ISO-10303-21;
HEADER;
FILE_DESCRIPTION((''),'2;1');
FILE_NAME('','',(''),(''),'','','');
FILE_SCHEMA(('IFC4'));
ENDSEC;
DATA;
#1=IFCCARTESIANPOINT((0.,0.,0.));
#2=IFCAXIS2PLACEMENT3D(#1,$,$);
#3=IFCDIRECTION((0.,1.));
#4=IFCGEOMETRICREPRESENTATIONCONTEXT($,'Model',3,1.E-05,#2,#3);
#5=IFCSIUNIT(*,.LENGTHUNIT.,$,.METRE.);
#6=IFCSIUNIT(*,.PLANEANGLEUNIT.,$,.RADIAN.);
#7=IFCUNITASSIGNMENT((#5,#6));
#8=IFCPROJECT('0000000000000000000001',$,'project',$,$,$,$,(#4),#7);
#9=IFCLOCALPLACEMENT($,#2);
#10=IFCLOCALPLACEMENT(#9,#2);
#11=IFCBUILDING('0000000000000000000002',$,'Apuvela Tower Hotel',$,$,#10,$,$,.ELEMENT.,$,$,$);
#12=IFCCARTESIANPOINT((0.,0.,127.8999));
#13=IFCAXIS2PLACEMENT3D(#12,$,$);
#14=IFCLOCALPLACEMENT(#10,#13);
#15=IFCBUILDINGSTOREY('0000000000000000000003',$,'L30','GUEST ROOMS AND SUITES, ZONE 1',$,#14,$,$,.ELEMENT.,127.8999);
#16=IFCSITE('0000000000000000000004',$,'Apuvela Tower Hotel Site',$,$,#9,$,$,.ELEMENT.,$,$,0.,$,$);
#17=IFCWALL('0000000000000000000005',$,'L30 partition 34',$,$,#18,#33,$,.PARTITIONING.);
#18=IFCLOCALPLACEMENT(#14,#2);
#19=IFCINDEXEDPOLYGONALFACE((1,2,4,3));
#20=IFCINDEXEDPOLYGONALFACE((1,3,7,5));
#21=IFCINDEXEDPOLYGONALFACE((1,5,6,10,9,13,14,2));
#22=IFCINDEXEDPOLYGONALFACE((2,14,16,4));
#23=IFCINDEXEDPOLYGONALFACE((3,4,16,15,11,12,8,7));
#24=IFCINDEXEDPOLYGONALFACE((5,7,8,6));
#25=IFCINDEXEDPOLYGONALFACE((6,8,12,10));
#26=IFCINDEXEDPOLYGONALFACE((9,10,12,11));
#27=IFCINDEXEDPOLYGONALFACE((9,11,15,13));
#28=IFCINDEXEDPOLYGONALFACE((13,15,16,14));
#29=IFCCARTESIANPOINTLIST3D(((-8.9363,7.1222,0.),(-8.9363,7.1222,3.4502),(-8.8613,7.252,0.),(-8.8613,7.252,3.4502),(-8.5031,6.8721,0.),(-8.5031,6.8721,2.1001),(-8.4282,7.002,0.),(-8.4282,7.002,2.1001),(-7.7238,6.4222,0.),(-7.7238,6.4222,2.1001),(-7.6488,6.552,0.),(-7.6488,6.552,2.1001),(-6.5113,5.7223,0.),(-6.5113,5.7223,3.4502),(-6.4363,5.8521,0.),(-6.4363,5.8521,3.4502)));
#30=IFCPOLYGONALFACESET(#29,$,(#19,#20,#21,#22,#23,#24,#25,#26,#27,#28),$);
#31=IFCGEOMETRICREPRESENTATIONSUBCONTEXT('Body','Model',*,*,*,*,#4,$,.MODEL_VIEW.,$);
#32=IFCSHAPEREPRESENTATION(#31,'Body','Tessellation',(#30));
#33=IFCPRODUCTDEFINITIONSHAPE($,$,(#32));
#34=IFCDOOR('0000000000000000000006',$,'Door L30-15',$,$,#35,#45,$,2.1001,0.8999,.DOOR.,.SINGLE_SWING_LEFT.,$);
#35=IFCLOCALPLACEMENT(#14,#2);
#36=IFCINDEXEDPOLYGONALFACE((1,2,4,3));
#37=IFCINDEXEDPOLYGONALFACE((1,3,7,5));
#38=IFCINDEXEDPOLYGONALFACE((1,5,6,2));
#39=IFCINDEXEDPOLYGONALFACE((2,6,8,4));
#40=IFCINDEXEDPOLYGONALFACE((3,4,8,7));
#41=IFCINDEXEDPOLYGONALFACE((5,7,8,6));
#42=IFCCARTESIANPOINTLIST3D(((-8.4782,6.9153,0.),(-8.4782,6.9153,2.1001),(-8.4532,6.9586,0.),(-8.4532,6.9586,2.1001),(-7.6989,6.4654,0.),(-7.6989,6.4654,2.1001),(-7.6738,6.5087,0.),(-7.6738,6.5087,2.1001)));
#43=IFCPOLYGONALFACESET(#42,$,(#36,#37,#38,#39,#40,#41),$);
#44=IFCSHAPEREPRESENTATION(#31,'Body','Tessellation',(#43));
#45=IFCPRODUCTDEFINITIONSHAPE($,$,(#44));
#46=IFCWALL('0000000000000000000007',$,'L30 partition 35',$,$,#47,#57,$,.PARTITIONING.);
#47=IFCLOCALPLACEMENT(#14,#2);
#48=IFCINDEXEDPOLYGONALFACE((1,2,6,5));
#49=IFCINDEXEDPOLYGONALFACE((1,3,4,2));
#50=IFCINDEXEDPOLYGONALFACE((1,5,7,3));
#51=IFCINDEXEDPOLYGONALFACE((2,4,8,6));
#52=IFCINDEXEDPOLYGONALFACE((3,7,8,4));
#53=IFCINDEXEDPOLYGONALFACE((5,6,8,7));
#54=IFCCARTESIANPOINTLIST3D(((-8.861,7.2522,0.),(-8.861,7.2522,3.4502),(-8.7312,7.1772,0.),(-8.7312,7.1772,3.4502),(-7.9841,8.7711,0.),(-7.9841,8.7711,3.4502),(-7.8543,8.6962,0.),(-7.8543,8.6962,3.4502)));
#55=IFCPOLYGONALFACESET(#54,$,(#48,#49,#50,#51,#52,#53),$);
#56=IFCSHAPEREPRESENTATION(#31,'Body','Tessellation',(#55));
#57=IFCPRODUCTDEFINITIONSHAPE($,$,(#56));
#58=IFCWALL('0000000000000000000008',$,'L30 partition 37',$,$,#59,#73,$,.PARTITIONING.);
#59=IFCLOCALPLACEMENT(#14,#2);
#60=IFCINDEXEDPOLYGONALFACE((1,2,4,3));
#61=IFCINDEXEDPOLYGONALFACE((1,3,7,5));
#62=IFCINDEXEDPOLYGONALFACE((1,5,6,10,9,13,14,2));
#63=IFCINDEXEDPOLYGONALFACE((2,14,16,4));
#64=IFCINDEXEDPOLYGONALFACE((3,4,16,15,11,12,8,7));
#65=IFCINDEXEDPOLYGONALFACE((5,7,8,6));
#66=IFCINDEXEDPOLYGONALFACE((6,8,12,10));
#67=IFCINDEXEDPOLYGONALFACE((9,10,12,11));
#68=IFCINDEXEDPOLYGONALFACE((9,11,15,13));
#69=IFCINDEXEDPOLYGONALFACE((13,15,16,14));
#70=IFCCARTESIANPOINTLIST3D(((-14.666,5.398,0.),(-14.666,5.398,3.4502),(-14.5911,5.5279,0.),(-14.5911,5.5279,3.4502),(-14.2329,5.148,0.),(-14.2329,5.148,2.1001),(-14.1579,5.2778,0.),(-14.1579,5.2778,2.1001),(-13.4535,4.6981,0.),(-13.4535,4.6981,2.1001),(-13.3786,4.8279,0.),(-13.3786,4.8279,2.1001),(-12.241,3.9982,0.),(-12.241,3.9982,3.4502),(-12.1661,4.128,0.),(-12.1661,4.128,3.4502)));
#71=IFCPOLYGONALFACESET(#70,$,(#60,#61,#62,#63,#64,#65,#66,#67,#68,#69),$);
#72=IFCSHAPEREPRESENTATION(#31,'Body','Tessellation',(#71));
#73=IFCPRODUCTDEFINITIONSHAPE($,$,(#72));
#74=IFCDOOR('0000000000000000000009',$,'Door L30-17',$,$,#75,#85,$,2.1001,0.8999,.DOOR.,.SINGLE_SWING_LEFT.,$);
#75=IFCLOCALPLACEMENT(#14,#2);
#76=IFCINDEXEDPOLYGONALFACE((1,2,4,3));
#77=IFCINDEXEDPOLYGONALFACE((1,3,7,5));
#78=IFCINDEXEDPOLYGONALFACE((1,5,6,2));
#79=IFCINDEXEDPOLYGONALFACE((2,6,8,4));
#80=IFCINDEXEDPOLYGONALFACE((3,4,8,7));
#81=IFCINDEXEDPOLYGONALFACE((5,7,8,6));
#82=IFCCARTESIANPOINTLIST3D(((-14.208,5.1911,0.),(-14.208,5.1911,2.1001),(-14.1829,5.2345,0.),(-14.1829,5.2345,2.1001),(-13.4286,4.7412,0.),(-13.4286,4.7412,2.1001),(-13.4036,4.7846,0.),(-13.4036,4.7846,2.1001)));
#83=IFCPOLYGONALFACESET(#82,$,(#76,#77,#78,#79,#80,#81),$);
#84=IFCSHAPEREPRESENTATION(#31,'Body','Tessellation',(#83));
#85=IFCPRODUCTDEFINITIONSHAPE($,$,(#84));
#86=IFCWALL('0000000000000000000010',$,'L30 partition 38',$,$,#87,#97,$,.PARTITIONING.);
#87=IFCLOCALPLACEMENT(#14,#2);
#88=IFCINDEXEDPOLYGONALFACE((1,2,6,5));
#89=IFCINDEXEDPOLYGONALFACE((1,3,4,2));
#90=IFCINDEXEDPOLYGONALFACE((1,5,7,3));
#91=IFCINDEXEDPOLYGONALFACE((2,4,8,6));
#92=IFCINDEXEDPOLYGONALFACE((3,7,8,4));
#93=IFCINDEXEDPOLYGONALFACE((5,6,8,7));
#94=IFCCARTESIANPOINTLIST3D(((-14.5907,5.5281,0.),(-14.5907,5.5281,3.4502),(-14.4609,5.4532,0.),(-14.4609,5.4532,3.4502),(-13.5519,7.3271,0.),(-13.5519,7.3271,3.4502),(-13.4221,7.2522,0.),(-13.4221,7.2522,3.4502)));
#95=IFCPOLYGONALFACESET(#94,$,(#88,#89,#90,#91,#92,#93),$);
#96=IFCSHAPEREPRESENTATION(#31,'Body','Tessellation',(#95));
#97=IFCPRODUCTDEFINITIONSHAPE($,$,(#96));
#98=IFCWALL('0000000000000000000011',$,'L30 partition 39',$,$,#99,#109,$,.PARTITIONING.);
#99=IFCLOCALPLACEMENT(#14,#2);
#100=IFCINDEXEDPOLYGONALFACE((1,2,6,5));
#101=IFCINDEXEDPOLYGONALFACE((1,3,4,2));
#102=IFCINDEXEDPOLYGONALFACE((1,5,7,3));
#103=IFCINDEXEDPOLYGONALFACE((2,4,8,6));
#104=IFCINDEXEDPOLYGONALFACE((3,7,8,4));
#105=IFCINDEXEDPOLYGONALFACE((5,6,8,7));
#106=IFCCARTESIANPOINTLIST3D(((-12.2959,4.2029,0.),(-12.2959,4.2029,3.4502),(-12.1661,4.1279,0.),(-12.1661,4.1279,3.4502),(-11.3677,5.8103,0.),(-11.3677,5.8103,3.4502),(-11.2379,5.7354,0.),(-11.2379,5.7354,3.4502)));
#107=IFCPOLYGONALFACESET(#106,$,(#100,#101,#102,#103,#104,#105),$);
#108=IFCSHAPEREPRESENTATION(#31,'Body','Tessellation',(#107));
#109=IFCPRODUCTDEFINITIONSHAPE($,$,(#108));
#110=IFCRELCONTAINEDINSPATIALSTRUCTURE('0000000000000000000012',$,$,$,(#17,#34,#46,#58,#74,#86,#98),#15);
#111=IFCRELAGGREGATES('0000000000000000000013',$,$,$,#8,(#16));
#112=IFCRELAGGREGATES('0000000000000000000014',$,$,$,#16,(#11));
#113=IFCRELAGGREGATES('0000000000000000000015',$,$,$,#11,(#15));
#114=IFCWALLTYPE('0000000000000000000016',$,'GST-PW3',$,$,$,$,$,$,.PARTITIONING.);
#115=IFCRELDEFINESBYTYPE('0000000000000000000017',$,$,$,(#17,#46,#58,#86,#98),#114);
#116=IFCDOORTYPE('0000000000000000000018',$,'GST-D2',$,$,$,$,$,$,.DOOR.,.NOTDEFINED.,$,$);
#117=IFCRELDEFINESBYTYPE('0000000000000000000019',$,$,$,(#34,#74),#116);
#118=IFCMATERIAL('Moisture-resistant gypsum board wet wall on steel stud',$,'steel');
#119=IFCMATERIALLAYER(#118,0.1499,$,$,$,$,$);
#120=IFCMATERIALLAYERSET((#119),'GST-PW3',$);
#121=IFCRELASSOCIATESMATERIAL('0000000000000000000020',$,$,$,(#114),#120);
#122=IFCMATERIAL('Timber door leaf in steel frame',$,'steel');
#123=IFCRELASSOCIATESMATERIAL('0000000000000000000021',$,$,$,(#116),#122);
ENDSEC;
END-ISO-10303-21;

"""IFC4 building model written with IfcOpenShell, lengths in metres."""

from ifc_helpers import new_model, si_unit, direction, frame, frame_2d, origin, place, context, subcontext, project, spatial, rectangle, extrude, material, layer, layer_set, type_object, element, fill, save


model = new_model("IFC4")

# Units and contexts
model_context = context("Model", 3, precision=1e-05, world=origin(), true_north=direction((0.0, 1.0)))
body_context = subcontext(model_context, "Body", "Model", "MODEL_VIEW")
ifc_project = project(units=[si_unit("LENGTHUNIT", "METRE"), si_unit("PLANEANGLEUNIT", "RADIAN")], contexts=[model_context])

# Site, building, storey
site_placement = place(None, origin())
site = spatial("IfcSite", under=ifc_project, at=site_placement, Name="Apuvela Tower Hotel Site", CompositionType="ELEMENT", RefElevation=0.0)
building_placement = place(site_placement, origin())
building = spatial("IfcBuilding", under=site, at=building_placement, Name="Apuvela Tower Hotel", CompositionType="ELEMENT")
storey_placement = place(building_placement, frame((0.0, 0.0, 127.8999)))
storey = spatial("IfcBuildingStorey", under=building, at=storey_placement, Name="L30", Description="GUEST ROOMS AND SUITES, ZONE 1", CompositionType="ELEMENT", Elevation=127.8999)

# Shared definitions
ifc_material_1 = material(Name="Timber door leaf in steel frame", Category="steel")
ifc_material_2 = material(Name="Moisture-resistant gypsum board wet wall on steel stud", Category="steel")
ifc_layer_1 = layer(ifc_material_2, 0.1499)
ifc_layer_set_1 = layer_set([ifc_layer_1], Name="GST-PW3")
wall_type_1 = type_object("IfcWallType", Name="GST-PW3", PredefinedType="PARTITIONING", material=ifc_layer_set_1)
door_type_1 = type_object("IfcDoorType", Name="GST-D2", OperationType="NOTDEFINED", PredefinedType="DOOR", material=ifc_material_1)

# Wall, opening, door
wall_1_placement = place(storey_placement, frame((-8.8987, 7.187, 0.0), z_axis=(0.0, 0.0, 1.0), x_axis=(0.866056, -0.499946, 0.0)))
wall_1 = element("IfcWall", 1, at=wall_1_placement, inside=storey, type_object=wall_type_1, Name="L30 partition 34", PredefinedType="PARTITIONING", context=body_context, shape_type="SweptSolid", body=[
    extrude(rectangle(XDim=2.8, YDim=0.1499, at=frame_2d((1.3999, 0.0))), origin(), (0.0, 0.0, 1.0), 3.4502),
])
opening_1_placement = place(wall_1_placement, frame((0.5, 0.0, 0.0)))
opening_1 = element("IfcOpeningElement", 2, at=opening_1_placement, cuts=wall_1, PredefinedType="OPENING", context=body_context, shape_type="SweptSolid", body=[
    extrude(rectangle(XDim=0.8999, YDim=2.1001, at=frame_2d((0.45, 1.05))), frame((0.0, 0.085, 0.0), z_axis=(0.0, -1.0, 0.0), x_axis=(1.0, 0.0, 0.0)), (0.0, 0.0, 1.0), 0.1699),
])
door_1_placement = place(opening_1_placement, origin())
door_1 = element("IfcDoor", 3, at=door_1_placement, inside=storey, type_object=door_type_1, Name="Door L30-15", OperationType="SINGLE_SWING_LEFT", OverallHeight=2.1001, OverallWidth=0.8999, PredefinedType="DOOR", context=body_context, shape_type="SweptSolid", body=[
    extrude(rectangle(XDim=0.8999, YDim=2.1001, at=frame_2d((0.45, 1.05))), frame((0.0, 0.0249, 0.0), z_axis=(0.0, -1.0, 0.0), x_axis=(1.0, 0.0, 0.0)), (0.0, 0.0, 1.0), 0.05),
])
fill(opening_1, door_1)

# Wall
wall_2_placement = place(storey_placement, frame((-7.9192, 8.7336, 0.0), z_axis=(0.0, 0.0, 1.0), x_axis=(-0.499971, -0.866042, 0.0)))
element("IfcWall", 4, at=wall_2_placement, inside=storey, type_object=wall_type_1, Name="L30 partition 35", PredefinedType="PARTITIONING", context=body_context, shape_type="SweptSolid", body=[
    extrude(rectangle(XDim=1.7539, YDim=0.1499, at=frame_2d((0.877, 0.0))), origin(), (0.0, 0.0, 1.0), 3.4502),
])

# Wall, opening, door
wall_3_placement = place(storey_placement, frame((-14.6284, 5.4629, 0.0), z_axis=(0.0, 0.0, 1.0), x_axis=(0.866056, -0.499946, 0.0)))
wall_3 = element("IfcWall", 5, at=wall_3_placement, inside=storey, type_object=wall_type_1, Name="L30 partition 37", PredefinedType="PARTITIONING", context=body_context, shape_type="SweptSolid", body=[
    extrude(rectangle(XDim=2.8, YDim=0.1499, at=frame_2d((1.3999, 0.0))), origin(), (0.0, 0.0, 1.0), 3.4502),
])
opening_2_placement = place(wall_3_placement, frame((0.5, 0.0, 0.0)))
opening_2 = element("IfcOpeningElement", 6, at=opening_2_placement, cuts=wall_3, PredefinedType="OPENING", context=body_context, shape_type="SweptSolid", body=[
    extrude(rectangle(XDim=0.8999, YDim=2.1001, at=frame_2d((0.45, 1.05))), frame((0.0, 0.085, 0.0), z_axis=(0.0, -1.0, 0.0), x_axis=(1.0, 0.0, 0.0)), (0.0, 0.0, 1.0), 0.1699),
])
door_2_placement = place(opening_2_placement, origin())
door_2 = element("IfcDoor", 7, at=door_2_placement, inside=storey, type_object=door_type_1, Name="Door L30-17", OperationType="SINGLE_SWING_LEFT", OverallHeight=2.1001, OverallWidth=0.8999, PredefinedType="DOOR", context=body_context, shape_type="SweptSolid", body=[
    extrude(rectangle(XDim=0.8999, YDim=2.1001, at=frame_2d((0.45, 1.05))), frame((0.0, 0.0249, 0.0), z_axis=(0.0, -1.0, 0.0), x_axis=(1.0, 0.0, 0.0)), (0.0, 0.0, 1.0), 0.05),
])
fill(opening_2, door_2)

# Walls
wall_4_placement = place(storey_placement, frame((-13.4871, 7.2896, 0.0), z_axis=(0.0, 0.0, 1.0), x_axis=(-0.500045, -0.866, 0.0)))
element("IfcWall", 8, at=wall_4_placement, inside=storey, type_object=wall_type_1, Name="L30 partition 38", PredefinedType="PARTITIONING", context=body_context, shape_type="SweptSolid", body=[
    extrude(rectangle(XDim=2.0774, YDim=0.1499, at=frame_2d((1.0386, 0.0))), origin(), (0.0, 0.0, 1.0), 3.4502),
])
wall_5_placement = place(storey_placement, frame((-11.3027, 5.7729, 0.0), z_axis=(0.0, 0.0, 1.0), x_axis=(-0.500072, -0.865984, 0.0)))
element("IfcWall", 9, at=wall_5_placement, inside=storey, type_object=wall_type_1, Name="L30 partition 39", PredefinedType="PARTITIONING", context=body_context, shape_type="SweptSolid", body=[
    extrude(rectangle(XDim=1.8562, YDim=0.1499, at=frame_2d((0.9282, 0.0))), origin(), (0.0, 0.0, 1.0), 3.4502),
])

save(model, "model.ifc")
